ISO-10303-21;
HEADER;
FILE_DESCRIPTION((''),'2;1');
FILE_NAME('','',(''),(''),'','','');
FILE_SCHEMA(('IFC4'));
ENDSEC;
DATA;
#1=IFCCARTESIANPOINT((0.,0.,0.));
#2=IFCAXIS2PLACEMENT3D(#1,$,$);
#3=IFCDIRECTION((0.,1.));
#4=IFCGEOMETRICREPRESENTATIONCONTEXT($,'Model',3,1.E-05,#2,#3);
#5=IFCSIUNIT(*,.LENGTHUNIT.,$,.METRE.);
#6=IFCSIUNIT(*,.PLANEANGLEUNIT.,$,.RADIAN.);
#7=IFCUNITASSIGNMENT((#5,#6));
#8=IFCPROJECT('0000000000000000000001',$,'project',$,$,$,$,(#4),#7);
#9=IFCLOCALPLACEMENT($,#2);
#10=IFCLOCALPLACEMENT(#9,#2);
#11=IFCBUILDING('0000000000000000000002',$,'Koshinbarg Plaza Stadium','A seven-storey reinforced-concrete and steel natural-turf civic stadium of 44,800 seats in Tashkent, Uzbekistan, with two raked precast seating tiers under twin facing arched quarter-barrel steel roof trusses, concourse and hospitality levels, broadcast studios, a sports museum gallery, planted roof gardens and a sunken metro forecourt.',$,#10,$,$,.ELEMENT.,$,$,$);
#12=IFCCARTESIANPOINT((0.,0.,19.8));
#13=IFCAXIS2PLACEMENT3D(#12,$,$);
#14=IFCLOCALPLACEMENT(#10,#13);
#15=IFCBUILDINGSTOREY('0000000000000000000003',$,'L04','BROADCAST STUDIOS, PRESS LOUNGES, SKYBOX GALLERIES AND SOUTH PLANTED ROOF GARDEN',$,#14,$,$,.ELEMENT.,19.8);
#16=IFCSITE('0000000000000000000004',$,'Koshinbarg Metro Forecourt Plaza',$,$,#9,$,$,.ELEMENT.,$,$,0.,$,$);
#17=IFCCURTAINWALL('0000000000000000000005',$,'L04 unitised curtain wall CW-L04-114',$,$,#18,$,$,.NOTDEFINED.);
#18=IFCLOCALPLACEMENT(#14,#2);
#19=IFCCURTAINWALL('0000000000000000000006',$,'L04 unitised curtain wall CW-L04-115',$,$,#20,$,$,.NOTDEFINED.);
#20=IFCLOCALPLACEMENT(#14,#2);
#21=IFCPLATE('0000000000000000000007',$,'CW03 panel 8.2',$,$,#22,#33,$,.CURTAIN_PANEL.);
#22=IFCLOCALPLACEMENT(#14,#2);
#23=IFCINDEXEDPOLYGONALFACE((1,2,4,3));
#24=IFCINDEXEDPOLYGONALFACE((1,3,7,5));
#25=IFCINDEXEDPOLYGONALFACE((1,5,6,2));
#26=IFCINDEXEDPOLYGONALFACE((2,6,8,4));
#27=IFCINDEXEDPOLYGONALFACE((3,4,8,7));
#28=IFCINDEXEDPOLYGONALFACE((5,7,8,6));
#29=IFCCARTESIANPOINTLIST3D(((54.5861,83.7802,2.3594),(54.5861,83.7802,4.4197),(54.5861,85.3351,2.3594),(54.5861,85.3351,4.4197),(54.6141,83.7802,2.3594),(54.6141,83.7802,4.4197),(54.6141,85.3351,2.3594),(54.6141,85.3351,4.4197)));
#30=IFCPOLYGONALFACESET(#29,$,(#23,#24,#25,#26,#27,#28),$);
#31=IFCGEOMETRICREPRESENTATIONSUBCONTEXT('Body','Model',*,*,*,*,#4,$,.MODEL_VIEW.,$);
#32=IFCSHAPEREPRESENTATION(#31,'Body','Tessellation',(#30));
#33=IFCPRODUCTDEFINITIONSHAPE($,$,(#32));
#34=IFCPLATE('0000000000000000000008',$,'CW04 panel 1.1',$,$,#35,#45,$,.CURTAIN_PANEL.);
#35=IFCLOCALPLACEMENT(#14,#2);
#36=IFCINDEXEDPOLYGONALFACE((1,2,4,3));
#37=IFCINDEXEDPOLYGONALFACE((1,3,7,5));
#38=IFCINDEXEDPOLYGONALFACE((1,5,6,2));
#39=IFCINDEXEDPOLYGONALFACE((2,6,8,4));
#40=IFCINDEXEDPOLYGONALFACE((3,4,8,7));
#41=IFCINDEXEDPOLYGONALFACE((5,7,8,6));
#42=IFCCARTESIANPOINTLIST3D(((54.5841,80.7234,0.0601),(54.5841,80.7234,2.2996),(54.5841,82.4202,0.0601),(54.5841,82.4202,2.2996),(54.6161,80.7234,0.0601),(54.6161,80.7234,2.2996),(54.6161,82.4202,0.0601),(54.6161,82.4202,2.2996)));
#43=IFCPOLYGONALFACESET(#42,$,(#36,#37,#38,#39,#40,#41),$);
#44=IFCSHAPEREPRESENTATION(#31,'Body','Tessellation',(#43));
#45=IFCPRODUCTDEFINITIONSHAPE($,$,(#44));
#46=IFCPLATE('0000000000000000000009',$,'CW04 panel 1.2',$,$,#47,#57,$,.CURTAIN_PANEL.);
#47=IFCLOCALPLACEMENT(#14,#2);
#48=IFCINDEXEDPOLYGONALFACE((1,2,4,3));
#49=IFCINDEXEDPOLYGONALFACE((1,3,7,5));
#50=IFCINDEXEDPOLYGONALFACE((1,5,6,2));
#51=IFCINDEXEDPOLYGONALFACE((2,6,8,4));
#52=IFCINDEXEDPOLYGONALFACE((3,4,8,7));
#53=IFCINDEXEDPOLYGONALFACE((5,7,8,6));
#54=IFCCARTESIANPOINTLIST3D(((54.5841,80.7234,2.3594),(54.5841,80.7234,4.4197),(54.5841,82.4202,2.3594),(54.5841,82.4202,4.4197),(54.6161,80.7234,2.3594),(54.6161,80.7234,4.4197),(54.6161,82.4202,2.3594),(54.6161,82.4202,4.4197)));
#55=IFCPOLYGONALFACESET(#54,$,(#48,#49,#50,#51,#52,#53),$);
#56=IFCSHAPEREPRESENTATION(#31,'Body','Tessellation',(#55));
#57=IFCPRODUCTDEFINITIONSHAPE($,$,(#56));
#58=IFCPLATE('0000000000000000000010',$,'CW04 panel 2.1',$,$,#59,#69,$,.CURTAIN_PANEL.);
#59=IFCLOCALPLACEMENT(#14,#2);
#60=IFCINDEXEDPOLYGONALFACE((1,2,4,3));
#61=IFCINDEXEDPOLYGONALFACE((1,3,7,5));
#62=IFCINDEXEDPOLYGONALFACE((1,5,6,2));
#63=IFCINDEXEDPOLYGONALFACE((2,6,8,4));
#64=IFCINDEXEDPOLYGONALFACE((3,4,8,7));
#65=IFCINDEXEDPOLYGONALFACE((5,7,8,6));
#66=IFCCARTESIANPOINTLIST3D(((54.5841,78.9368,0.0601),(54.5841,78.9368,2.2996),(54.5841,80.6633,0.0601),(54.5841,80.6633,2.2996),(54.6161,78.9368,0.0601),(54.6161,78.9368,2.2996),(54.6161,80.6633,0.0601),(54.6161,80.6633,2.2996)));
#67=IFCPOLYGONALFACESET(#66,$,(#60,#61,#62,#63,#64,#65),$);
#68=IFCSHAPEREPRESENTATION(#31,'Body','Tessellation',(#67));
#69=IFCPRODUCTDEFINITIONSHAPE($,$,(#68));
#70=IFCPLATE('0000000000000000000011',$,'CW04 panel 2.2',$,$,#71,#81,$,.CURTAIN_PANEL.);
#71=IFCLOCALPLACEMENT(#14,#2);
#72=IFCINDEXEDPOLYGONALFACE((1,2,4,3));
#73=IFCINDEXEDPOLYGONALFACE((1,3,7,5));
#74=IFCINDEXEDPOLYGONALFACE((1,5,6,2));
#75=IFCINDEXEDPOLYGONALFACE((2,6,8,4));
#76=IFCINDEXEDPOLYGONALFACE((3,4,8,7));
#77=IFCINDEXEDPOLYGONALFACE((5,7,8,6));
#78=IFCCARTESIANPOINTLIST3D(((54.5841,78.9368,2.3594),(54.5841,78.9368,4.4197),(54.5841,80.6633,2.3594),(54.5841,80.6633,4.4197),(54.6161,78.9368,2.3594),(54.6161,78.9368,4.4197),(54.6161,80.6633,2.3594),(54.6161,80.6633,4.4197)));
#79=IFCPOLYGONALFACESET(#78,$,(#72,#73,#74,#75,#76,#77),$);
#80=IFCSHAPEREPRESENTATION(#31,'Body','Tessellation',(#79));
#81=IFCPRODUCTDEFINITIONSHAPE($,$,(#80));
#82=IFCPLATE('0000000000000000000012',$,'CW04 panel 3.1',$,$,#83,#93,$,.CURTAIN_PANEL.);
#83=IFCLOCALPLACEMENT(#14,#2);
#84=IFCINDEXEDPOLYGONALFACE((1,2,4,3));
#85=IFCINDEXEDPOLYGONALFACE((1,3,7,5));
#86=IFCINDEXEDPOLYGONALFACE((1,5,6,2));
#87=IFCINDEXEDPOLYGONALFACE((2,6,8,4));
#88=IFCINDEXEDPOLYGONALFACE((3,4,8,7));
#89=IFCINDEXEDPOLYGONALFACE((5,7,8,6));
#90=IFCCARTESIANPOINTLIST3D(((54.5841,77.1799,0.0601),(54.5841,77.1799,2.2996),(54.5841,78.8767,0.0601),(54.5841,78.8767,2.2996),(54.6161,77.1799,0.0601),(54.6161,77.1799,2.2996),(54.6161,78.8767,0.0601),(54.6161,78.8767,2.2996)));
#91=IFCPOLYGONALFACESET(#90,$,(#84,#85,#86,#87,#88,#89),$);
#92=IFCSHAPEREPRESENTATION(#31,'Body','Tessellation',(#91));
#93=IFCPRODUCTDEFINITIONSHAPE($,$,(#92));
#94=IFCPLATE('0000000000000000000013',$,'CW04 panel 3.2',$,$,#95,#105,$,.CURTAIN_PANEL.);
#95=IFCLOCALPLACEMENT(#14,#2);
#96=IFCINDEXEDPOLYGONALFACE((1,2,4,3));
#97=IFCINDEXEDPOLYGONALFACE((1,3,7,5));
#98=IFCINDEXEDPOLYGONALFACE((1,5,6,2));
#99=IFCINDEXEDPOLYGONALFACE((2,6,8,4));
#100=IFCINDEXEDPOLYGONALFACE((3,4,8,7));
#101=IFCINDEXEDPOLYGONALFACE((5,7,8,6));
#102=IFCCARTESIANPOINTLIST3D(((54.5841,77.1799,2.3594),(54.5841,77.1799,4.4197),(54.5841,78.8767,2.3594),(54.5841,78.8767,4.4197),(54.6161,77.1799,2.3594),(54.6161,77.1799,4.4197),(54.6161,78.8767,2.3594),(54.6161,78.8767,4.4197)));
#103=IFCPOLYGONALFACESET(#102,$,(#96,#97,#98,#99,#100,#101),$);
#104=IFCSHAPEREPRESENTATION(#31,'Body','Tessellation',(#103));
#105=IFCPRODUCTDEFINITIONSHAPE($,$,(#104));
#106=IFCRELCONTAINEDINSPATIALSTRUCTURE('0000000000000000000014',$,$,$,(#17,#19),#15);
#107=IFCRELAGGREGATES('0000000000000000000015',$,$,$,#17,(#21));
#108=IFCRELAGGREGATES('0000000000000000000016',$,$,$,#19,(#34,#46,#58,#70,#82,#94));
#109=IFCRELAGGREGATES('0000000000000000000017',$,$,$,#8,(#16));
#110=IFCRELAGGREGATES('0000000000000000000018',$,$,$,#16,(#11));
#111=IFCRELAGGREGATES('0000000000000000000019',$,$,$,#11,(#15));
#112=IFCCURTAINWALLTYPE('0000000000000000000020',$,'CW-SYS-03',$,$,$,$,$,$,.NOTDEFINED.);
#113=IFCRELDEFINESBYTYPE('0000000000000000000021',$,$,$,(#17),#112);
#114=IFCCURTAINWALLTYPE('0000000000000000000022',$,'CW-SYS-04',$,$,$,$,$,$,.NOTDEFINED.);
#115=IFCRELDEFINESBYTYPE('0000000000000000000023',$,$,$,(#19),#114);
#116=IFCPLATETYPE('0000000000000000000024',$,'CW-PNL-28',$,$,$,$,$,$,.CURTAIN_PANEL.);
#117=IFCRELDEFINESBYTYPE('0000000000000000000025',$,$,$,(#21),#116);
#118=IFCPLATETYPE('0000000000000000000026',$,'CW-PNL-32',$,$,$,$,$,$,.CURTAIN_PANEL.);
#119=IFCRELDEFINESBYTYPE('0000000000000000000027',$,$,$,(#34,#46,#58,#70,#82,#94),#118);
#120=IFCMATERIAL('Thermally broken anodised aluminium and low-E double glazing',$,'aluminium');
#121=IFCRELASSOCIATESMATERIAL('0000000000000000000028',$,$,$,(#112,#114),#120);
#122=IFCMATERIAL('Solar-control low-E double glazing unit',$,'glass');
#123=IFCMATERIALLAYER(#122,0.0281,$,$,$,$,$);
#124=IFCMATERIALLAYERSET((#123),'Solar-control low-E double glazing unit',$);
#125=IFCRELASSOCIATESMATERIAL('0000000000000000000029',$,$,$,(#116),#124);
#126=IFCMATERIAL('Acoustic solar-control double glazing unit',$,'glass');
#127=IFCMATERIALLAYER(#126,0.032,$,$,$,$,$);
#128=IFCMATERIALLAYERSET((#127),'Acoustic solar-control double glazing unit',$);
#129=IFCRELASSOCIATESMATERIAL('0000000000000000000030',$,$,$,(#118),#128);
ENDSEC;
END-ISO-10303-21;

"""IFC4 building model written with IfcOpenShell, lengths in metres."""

from ifc_helpers import new_model, si_unit, direction, frame, origin, origin_2d, place, context, subcontext, project, spatial, rectangle, extrude, material, layer, layer_set, type_object, element, aggregate, save


model = new_model("IFC4")

# Units and contexts
model_context = context("Model", 3, precision=1e-05, world=origin(), true_north=direction((0.0, 1.0)))
body_context = subcontext(model_context, "Body", "Model", "MODEL_VIEW")
ifc_project = project(units=[si_unit("LENGTHUNIT", "METRE"), si_unit("PLANEANGLEUNIT", "RADIAN")], contexts=[model_context])

# Site, building, storey
site_placement = place(None, origin())
site = spatial("IfcSite", under=ifc_project, at=site_placement, Name="Koshinbarg Metro Forecourt Plaza", CompositionType="ELEMENT", RefElevation=0.0)
building_placement = place(site_placement, origin())
building = spatial("IfcBuilding", under=site, at=building_placement, Name="Koshinbarg Plaza Stadium", Description="A seven-storey reinforced-concrete and steel natural-turf civic stadium of 44,800 seats in Tashkent, Uzbekistan, with two raked precast seating tiers under twin facing arched quarter-barrel steel roof trusses, concourse and hospitality levels, broadcast studios, a sports museum gallery, planted roof gardens and a sunken metro forecourt.", CompositionType="ELEMENT")
storey_placement = place(building_placement, frame((0.0, 0.0, 19.8)))
storey = spatial("IfcBuildingStorey", under=building, at=storey_placement, Name="L04", Description="BROADCAST STUDIOS, PRESS LOUNGES, SKYBOX GALLERIES AND SOUTH PLANTED ROOF GARDEN", CompositionType="ELEMENT", Elevation=19.8)

# Shared definitions
ifc_material_1 = material(Name="Thermally broken anodised aluminium and low-E double glazing", Category="aluminium")

# Curtain walls
curtain_wall_type_1 = type_object("IfcCurtainWallType", Name="CW-SYS-03", PredefinedType="NOTDEFINED", material=ifc_material_1)
curtain_wall_1_placement = place(storey_placement, origin())
curtain_wall_1 = element("IfcCurtainWall", 1, at=curtain_wall_1_placement, inside=storey, type_object=curtain_wall_type_1, Name="L04 unitised curtain wall CW-L04-114", PredefinedType="NOTDEFINED")
curtain_wall_type_2 = type_object("IfcCurtainWallType", Name="CW-SYS-04", PredefinedType="NOTDEFINED", material=ifc_material_1)
curtain_wall_2_placement = place(storey_placement, origin())
curtain_wall_2 = element("IfcCurtainWall", 2, at=curtain_wall_2_placement, inside=storey, type_object=curtain_wall_type_2, Name="L04 unitised curtain wall CW-L04-115", PredefinedType="NOTDEFINED")

# Plates
ifc_material_2 = material(Name="Solar-control low-E double glazing unit", Category="glass")
ifc_layer_1 = layer(ifc_material_2, 0.0281)
ifc_layer_set_1 = layer_set([ifc_layer_1], Name="Solar-control low-E double glazing unit")
plate_type_1 = type_object("IfcPlateType", Name="CW-PNL-28", PredefinedType="CURTAIN_PANEL", material=ifc_layer_set_1)
plate_1_placement = place(storey_placement, frame((54.6001, 84.5576, 2.3594), z_axis=(0.0, 0.0, 1.0), x_axis=(0.0, -1.0, 0.0)))
plate_1 = element("IfcPlate", 3, at=plate_1_placement, type_object=plate_type_1, Name="CW03 panel 8.2", PredefinedType="CURTAIN_PANEL", context=body_context, shape_type="SweptSolid", body=[
    extrude(rectangle(XDim=1.5549, YDim=0.0281, at=origin_2d()), origin(), (0.0, 0.0, 1.0), 2.0603),
])
aggregate(curtain_wall_1, [plate_1])
ifc_material_3 = material(Name="Acoustic solar-control double glazing unit", Category="glass")
ifc_layer_2 = layer(ifc_material_3, 0.032)
ifc_layer_set_2 = layer_set([ifc_layer_2], Name="Acoustic solar-control double glazing unit")
plate_type_2 = type_object("IfcPlateType", Name="CW-PNL-32", PredefinedType="CURTAIN_PANEL", material=ifc_layer_set_2)
plate_2_placement = place(storey_placement, frame((54.6001, 81.5718, 0.0601), z_axis=(0.0, 0.0, 1.0), x_axis=(0.0, -1.0, 0.0)))
plate_2 = element("IfcPlate", 4, at=plate_2_placement, type_object=plate_type_2, Name="CW04 panel 1.1", PredefinedType="CURTAIN_PANEL", context=body_context, shape_type="SweptSolid", body=[
    extrude(rectangle(XDim=1.6968, YDim=0.032, at=origin_2d()), origin(), (0.0, 0.0, 1.0), 2.2395),
])
plate_3_placement = place(storey_placement, frame((54.6001, 81.5718, 2.3594), z_axis=(0.0, 0.0, 1.0), x_axis=(0.0, -1.0, 0.0)))
plate_3 = element("IfcPlate", 5, at=plate_3_placement, type_object=plate_type_2, Name="CW04 panel 1.2", PredefinedType="CURTAIN_PANEL", context=body_context, shape_type="SweptSolid", body=[
    extrude(rectangle(XDim=1.6968, YDim=0.032, at=origin_2d()), origin(), (0.0, 0.0, 1.0), 2.0603),
])
plate_4_placement = place(storey_placement, frame((54.6001, 79.8, 0.0601), z_axis=(0.0, 0.0, 1.0), x_axis=(0.0, -1.0, 0.0)))
plate_4 = element("IfcPlate", 6, at=plate_4_placement, type_object=plate_type_2, Name="CW04 panel 2.1", PredefinedType="CURTAIN_PANEL", context=body_context, shape_type="SweptSolid", body=[
    extrude(rectangle(XDim=1.7266, YDim=0.032, at=origin_2d()), origin(), (0.0, 0.0, 1.0), 2.2395),
])
plate_5_placement = place(storey_placement, frame((54.6001, 79.8, 2.3594), z_axis=(0.0, 0.0, 1.0), x_axis=(0.0, -1.0, 0.0)))
plate_5 = element("IfcPlate", 7, at=plate_5_placement, type_object=plate_type_2, Name="CW04 panel 2.2", PredefinedType="CURTAIN_PANEL", context=body_context, shape_type="SweptSolid", body=[
    extrude(rectangle(XDim=1.7266, YDim=0.032, at=origin_2d()), origin(), (0.0, 0.0, 1.0), 2.0603),
])
plate_6_placement = place(storey_placement, frame((54.6001, 78.0283, 0.0601), z_axis=(0.0, 0.0, 1.0), x_axis=(0.0, -1.0, 0.0)))
plate_6 = element("IfcPlate", 8, at=plate_6_placement, type_object=plate_type_2, Name="CW04 panel 3.1", PredefinedType="CURTAIN_PANEL", context=body_context, shape_type="SweptSolid", body=[
    extrude(rectangle(XDim=1.6968, YDim=0.032, at=origin_2d()), origin(), (0.0, 0.0, 1.0), 2.2395),
])
plate_7_placement = place(storey_placement, frame((54.6001, 78.0283, 2.3594), z_axis=(0.0, 0.0, 1.0), x_axis=(0.0, -1.0, 0.0)))
plate_7 = element("IfcPlate", 9, at=plate_7_placement, type_object=plate_type_2, Name="CW04 panel 3.2", PredefinedType="CURTAIN_PANEL", context=body_context, shape_type="SweptSolid", body=[
    extrude(rectangle(XDim=1.6968, YDim=0.032, at=origin_2d()), origin(), (0.0, 0.0, 1.0), 2.0603),
])
aggregate(curtain_wall_2, [plate_2, plate_3, plate_4, plate_5, plate_6, plate_7])

save(model, "model.ifc")
